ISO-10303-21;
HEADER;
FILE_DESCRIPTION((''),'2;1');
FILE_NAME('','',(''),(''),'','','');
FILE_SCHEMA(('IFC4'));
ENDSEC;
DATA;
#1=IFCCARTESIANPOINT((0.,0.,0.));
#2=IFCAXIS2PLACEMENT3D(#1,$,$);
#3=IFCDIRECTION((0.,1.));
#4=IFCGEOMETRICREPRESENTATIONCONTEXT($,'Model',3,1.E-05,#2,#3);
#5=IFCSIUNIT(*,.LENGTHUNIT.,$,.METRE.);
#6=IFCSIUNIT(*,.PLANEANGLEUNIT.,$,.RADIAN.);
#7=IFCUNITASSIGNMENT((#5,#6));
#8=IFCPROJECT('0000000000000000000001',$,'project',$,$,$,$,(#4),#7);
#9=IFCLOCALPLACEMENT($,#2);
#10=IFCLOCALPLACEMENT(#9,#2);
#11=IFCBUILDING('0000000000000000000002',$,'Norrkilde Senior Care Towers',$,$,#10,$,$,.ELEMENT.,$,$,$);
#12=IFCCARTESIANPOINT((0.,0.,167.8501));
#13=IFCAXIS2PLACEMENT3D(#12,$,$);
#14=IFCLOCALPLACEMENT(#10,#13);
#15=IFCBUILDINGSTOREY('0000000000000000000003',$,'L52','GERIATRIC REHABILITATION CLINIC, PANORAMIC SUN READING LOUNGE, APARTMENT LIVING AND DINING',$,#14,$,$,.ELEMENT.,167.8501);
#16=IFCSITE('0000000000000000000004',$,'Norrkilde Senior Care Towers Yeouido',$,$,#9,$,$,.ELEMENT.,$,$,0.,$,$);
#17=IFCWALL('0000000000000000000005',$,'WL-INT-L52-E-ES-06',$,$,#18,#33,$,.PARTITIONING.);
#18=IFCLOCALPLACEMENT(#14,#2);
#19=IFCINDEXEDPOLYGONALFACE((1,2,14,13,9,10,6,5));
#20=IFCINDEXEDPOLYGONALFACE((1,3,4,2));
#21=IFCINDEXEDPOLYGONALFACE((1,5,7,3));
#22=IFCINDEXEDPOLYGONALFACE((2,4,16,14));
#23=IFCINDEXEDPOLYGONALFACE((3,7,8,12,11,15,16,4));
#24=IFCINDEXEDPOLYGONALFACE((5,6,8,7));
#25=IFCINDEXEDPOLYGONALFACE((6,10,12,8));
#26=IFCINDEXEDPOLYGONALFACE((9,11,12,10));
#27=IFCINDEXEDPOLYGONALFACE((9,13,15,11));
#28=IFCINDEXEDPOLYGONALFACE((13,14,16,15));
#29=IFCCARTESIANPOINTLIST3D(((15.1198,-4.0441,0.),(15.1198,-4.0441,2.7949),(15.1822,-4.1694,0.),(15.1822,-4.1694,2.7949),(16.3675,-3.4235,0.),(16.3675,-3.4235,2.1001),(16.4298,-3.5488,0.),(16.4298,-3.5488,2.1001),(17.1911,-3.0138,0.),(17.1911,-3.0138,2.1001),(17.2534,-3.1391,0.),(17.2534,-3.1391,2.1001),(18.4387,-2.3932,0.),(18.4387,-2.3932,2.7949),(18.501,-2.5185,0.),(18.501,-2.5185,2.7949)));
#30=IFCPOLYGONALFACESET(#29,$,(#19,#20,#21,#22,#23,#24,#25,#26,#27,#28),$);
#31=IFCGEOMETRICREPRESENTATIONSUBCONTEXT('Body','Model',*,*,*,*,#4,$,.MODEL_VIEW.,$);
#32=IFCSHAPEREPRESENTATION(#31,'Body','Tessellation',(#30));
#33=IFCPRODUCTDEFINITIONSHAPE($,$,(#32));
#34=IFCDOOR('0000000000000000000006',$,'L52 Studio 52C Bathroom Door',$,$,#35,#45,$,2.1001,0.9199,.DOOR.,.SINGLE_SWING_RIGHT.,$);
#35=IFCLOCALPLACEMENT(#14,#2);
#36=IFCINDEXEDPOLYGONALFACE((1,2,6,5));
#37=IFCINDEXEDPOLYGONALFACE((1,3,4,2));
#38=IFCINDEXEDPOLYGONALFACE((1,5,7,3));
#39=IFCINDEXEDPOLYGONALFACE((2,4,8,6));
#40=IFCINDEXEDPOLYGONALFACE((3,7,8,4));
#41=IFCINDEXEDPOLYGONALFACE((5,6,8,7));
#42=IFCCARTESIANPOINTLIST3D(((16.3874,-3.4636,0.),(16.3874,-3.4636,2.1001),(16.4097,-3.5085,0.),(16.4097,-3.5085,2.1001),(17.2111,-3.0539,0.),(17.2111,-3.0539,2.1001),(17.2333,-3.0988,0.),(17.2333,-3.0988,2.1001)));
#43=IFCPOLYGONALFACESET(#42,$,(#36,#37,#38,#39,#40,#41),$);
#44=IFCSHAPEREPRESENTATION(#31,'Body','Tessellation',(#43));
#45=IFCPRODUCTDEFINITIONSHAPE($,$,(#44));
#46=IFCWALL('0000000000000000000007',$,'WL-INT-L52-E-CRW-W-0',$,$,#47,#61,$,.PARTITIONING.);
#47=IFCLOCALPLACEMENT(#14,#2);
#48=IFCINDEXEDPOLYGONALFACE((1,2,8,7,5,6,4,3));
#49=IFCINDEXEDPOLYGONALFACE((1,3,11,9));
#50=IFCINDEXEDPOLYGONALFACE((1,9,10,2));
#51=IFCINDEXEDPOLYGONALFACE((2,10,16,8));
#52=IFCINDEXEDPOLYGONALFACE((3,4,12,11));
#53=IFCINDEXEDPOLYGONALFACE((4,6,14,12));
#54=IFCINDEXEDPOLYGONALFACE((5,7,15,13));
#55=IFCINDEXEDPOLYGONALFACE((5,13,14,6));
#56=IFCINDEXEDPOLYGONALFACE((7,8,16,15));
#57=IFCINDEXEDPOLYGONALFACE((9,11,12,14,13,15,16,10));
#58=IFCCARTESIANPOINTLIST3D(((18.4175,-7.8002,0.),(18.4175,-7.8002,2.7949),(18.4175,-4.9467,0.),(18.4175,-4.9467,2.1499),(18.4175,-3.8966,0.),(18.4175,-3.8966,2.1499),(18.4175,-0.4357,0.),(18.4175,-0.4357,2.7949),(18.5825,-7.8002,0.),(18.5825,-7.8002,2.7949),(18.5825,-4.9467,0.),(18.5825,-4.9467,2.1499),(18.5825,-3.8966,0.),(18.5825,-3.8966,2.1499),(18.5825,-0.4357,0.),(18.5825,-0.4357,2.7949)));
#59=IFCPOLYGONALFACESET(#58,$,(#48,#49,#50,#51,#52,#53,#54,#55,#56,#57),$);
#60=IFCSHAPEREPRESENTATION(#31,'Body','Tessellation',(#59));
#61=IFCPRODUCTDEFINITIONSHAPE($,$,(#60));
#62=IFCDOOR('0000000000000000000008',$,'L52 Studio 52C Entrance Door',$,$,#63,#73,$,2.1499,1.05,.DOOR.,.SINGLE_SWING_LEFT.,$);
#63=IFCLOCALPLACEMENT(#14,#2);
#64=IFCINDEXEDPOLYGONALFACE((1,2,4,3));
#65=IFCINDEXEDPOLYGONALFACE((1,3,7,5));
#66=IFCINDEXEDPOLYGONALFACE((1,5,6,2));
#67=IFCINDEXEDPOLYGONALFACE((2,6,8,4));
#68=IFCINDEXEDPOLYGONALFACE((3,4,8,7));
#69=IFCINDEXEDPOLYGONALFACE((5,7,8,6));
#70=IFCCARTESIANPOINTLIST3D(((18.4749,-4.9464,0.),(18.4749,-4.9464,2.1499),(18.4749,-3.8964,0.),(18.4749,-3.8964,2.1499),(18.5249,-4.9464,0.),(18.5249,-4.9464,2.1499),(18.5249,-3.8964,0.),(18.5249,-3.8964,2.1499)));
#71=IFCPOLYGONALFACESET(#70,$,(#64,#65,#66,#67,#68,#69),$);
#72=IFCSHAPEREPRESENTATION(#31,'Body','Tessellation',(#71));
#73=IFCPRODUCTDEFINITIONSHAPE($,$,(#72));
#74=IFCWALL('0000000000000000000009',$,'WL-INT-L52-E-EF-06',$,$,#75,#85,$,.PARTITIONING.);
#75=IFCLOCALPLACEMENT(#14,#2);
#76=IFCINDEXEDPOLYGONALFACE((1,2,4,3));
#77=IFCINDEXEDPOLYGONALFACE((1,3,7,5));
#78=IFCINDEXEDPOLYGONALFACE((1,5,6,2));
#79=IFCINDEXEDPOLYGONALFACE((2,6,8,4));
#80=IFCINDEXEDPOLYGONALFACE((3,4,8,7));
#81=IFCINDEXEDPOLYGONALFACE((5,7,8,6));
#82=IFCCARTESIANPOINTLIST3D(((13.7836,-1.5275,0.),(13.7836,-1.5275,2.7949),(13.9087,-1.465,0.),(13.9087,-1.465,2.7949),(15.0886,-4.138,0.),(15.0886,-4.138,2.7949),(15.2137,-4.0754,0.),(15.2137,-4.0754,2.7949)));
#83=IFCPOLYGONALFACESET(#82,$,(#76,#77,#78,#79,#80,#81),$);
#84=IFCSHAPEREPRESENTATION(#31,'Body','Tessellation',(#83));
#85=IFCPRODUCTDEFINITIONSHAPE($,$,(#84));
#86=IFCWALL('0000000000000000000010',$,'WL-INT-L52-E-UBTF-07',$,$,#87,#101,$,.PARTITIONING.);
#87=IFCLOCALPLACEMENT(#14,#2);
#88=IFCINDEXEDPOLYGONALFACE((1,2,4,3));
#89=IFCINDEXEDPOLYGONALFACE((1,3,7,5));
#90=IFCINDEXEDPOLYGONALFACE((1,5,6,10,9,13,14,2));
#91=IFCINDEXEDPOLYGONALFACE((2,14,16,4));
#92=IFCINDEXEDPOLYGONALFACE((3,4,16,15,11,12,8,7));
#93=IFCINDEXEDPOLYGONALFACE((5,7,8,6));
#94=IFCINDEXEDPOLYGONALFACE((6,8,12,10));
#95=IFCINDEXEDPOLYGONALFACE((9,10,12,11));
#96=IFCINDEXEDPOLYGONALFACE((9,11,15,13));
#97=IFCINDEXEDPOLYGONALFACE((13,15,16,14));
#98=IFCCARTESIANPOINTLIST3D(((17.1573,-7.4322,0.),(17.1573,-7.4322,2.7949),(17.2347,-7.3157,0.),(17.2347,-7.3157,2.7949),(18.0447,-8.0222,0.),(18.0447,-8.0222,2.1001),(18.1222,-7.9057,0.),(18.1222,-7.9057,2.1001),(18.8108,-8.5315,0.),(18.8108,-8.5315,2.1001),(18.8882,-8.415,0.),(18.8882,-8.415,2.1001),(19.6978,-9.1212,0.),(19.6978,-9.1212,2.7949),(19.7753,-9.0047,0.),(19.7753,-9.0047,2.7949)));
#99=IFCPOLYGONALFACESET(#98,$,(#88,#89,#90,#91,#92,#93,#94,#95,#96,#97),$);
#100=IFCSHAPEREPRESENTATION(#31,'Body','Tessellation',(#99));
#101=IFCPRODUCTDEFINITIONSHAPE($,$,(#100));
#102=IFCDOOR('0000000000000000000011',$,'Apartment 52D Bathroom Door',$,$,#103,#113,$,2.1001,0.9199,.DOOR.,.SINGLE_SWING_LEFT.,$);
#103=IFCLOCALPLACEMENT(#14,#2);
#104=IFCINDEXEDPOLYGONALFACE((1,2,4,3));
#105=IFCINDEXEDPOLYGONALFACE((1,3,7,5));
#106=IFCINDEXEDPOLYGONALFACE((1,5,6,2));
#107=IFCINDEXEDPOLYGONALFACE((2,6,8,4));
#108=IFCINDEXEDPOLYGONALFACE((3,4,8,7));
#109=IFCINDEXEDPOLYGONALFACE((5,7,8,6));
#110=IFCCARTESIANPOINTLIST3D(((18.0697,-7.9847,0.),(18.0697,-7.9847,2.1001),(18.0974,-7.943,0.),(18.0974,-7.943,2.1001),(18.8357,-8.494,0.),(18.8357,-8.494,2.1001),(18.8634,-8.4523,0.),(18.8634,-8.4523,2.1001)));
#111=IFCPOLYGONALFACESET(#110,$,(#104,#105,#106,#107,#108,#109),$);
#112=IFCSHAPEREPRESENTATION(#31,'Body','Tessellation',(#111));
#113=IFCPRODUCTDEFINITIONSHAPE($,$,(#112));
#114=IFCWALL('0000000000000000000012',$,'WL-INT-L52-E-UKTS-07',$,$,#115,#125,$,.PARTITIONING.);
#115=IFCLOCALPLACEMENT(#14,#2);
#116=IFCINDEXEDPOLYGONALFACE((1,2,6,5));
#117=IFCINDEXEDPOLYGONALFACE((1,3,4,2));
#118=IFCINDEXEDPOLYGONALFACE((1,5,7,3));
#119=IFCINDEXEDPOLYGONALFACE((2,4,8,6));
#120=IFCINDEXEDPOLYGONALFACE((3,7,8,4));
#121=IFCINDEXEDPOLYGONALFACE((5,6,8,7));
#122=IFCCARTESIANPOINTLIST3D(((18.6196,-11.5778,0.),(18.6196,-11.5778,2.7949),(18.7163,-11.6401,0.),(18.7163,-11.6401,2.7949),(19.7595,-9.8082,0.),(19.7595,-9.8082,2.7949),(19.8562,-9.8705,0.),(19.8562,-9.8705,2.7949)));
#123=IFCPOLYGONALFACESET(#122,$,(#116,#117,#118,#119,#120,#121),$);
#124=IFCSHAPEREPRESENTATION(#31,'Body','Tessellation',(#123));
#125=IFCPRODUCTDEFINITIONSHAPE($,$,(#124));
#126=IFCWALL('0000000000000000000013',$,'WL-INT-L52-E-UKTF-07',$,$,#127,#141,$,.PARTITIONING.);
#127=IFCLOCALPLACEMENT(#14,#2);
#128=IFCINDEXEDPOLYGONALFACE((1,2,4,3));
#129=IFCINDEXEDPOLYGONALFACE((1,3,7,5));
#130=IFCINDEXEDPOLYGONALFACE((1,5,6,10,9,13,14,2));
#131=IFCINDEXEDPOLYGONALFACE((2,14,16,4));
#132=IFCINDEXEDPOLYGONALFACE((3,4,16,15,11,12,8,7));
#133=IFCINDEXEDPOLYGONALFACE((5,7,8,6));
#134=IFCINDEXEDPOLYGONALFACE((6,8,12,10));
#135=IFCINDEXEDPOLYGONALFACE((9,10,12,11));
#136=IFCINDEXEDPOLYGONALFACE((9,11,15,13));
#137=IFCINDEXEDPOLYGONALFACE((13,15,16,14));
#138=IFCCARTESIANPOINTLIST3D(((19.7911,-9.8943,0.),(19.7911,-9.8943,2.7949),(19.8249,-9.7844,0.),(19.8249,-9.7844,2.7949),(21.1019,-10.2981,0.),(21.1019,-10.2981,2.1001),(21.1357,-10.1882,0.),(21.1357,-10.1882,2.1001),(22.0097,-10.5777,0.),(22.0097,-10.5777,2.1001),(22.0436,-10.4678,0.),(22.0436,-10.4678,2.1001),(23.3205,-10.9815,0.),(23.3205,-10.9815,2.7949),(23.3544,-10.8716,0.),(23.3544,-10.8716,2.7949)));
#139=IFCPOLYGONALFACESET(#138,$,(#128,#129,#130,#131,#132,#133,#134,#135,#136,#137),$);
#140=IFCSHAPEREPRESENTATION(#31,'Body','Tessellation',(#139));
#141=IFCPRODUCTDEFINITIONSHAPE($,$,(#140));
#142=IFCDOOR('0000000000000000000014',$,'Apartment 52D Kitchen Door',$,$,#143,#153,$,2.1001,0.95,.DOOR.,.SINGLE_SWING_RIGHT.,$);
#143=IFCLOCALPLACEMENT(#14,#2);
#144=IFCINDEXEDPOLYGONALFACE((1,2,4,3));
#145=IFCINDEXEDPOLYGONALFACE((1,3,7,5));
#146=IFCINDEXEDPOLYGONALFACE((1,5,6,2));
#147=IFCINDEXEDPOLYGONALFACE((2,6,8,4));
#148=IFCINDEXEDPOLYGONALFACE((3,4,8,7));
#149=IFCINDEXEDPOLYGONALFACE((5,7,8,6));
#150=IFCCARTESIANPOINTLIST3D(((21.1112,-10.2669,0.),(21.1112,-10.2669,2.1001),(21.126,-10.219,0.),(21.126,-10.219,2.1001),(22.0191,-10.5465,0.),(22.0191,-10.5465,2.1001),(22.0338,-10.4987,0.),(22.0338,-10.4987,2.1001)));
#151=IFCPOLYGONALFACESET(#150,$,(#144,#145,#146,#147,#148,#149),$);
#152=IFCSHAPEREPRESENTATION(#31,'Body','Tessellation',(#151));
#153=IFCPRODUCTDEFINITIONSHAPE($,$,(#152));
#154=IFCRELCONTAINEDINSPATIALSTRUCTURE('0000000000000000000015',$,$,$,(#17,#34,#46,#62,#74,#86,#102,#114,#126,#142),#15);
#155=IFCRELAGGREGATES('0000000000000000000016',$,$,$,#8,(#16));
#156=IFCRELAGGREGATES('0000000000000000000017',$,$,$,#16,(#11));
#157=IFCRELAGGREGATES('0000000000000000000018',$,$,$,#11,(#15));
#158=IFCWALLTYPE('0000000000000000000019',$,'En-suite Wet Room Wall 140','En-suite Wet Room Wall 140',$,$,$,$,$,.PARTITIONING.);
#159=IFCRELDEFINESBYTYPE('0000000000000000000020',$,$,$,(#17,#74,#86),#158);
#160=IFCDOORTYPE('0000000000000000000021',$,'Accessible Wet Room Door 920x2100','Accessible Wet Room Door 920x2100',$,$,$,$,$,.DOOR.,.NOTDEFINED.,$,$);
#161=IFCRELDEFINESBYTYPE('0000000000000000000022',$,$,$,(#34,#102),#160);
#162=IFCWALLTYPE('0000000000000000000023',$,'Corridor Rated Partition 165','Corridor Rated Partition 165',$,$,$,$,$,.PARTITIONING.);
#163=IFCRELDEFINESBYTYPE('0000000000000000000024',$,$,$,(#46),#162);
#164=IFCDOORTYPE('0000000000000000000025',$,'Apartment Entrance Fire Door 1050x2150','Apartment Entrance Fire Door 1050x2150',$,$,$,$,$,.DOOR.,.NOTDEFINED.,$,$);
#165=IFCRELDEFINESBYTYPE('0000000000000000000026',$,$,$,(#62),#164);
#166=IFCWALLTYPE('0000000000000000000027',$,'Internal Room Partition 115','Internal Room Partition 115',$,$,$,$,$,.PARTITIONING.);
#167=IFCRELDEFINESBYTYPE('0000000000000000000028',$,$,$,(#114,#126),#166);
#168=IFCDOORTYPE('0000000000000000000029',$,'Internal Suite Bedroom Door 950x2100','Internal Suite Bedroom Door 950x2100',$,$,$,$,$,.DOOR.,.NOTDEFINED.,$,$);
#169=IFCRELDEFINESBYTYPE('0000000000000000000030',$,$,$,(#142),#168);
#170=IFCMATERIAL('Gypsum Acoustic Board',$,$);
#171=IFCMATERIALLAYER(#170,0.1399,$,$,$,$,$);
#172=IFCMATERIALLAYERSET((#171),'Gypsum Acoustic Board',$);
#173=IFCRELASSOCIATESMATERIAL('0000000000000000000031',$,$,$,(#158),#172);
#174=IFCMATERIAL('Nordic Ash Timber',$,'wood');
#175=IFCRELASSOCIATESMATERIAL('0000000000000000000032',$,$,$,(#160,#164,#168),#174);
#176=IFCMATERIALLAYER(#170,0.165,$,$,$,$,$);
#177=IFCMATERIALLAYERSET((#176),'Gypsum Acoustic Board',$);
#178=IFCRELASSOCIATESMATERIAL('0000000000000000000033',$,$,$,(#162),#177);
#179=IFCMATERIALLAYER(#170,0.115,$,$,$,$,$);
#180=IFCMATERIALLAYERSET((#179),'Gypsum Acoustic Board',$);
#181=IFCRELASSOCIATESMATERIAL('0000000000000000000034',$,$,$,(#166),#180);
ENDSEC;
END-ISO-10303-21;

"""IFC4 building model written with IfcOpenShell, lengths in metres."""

from ifc_helpers import new_model, si_unit, direction, frame, frame_2d, origin, place, context, subcontext, project, spatial, rectangle, extrude, source, transform, mapped, material, layer, layer_set, type_object, type_shapes, element, fill, save


model = new_model("IFC4")

# Units and contexts
model_context = context("Model", 3, precision=1e-05, world=origin(), true_north=direction((0.0, 1.0)))
body_context = subcontext(model_context, "Body", "Model", "MODEL_VIEW")
ifc_project = project(units=[si_unit("LENGTHUNIT", "METRE"), si_unit("PLANEANGLEUNIT", "RADIAN")], contexts=[model_context])

# Site, building, storey
site_placement = place(None, origin())
site = spatial("IfcSite", under=ifc_project, at=site_placement, Name="Norrkilde Senior Care Towers Yeouido", CompositionType="ELEMENT", RefElevation=0.0)
building_placement = place(site_placement, origin())
building = spatial("IfcBuilding", under=site, at=building_placement, Name="Norrkilde Senior Care Towers", CompositionType="ELEMENT")
storey_placement = place(building_placement, frame((0.0, 0.0, 167.8501)))
storey = spatial("IfcBuildingStorey", under=building, at=storey_placement, Name="L52", Description="GERIATRIC REHABILITATION CLINIC, PANORAMIC SUN READING LOUNGE, APARTMENT LIVING AND DINING", CompositionType="ELEMENT", Elevation=167.8501)

# Shared definitions
ifc_material_1 = material(Name="Gypsum Acoustic Board")

# Walls, openings, doors
ifc_layer_1 = layer(ifc_material_1, 0.1399)
ifc_layer_set_1 = layer_set([ifc_layer_1], Name="Gypsum Acoustic Board")
wall_type_1 = type_object("IfcWallType", Name="En-suite Wet Room Wall 140", Description="En-suite Wet Room Wall 140", PredefinedType="PARTITIONING", material=ifc_layer_set_1)
shared_shape_1 = source(origin(), body_context, "Body", "SweptSolid", [
    extrude(rectangle(XDim=3.7068, YDim=0.1399, at=frame_2d((1.8535, 0.0))), origin(), (0.0, 0.0, 1.0), 2.7949),
])
wall_1_placement = place(storey_placement, frame((18.47, -2.4558, 0.0), z_axis=(0.0, 0.0, 1.0), x_axis=(-0.895347, -0.445368, 0.0)))
wall_1 = element("IfcWall", 1, at=wall_1_placement, inside=storey, type_object=wall_type_1, Name="WL-INT-L52-E-ES-06", PredefinedType="PARTITIONING", context=body_context, shape_type="MappedRepresentation", body=[
    mapped(shared_shape_1, transform((0.0, 0.0, 0.0), x_axis=(1.0, 0.0, 0.0), y_axis=(0.0, 1.0, 0.0), z_axis=(0.0, 0.0, 1.0), scale=1.0)),
])
opening_1_placement = place(wall_1_placement, frame((1.3936, 0.0, 0.0)))
opening_1 = element("IfcOpeningElement", 2, at=opening_1_placement, cuts=wall_1, PredefinedType="OPENING", context=body_context, shape_type="SweptSolid", body=[
    extrude(rectangle(XDim=0.9199, YDim=2.1001, at=frame_2d((0.46, 1.05))), frame((0.0, 0.0798, 0.0), z_axis=(0.0, -1.0, 0.0), x_axis=(1.0, 0.0, 0.0)), (0.0, 0.0, 1.0), 0.1599),
])
ifc_material_2 = material(Name="Nordic Ash Timber", Category="wood")
door_type_1 = type_object("IfcDoorType", Name="Accessible Wet Room Door 920x2100", Description="Accessible Wet Room Door 920x2100", OperationType="NOTDEFINED", PredefinedType="DOOR", material=ifc_material_2)
shared_shape_2 = source(origin(), body_context, "Body", "SweptSolid", [
    extrude(rectangle(XDim=0.9199, YDim=2.1001, at=frame_2d((0.46, 1.05))), frame((0.0, 0.0249, 0.0), z_axis=(0.0, -1.0, 0.0), x_axis=(1.0, 0.0, 0.0)), (0.0, 0.0, 1.0), 0.05),
])
type_shapes(door_type_1, [shared_shape_2])
door_1_placement = place(opening_1_placement, origin())
door_1 = element("IfcDoor", 3, at=door_1_placement, inside=storey, type_object=door_type_1, Name="L52 Studio 52C Bathroom Door", OperationType="SINGLE_SWING_RIGHT", OverallHeight=2.1001, OverallWidth=0.9199, PredefinedType="DOOR", context=body_context, shape_type="MappedRepresentation", body=[
    mapped(shared_shape_2, transform((0.0, 0.0, 0.0), x_axis=(1.0, 0.0, 0.0), y_axis=(0.0, 1.0, 0.0), z_axis=(0.0, 0.0, 1.0), scale=1.0)),
])
fill(opening_1, door_1)
ifc_layer_2 = layer(ifc_material_1, 0.165)
ifc_layer_set_2 = layer_set([ifc_layer_2], Name="Gypsum Acoustic Board")
wall_type_2 = type_object("IfcWallType", Name="Corridor Rated Partition 165", Description="Corridor Rated Partition 165", PredefinedType="PARTITIONING", material=ifc_layer_set_2)
shared_shape_3 = source(origin(), body_context, "Body", "SweptSolid", [
    extrude(rectangle(XDim=7.3645, YDim=0.165, at=frame_2d((3.6821, 0.0))), origin(), (0.0, 0.0, 1.0), 2.7949),
])
type_shapes(wall_type_2, [shared_shape_3])
wall_2_placement = place(storey_placement, frame((18.5, -7.8, 0.0), z_axis=(0.0, 0.0, 1.0), x_axis=(0.0, 1.0, 0.0)))
wall_2 = element("IfcWall", 4, at=wall_2_placement, inside=storey, type_object=wall_type_2, Name="WL-INT-L52-E-CRW-W-0", PredefinedType="PARTITIONING", context=body_context, shape_type="MappedRepresentation", body=[
    mapped(shared_shape_3, transform((0.0, 0.0, 0.0), x_axis=(1.0, 0.0, 0.0), y_axis=(0.0, 1.0, 0.0), z_axis=(0.0, 0.0, 1.0), scale=1.0)),
])
opening_2_placement = place(wall_2_placement, frame((2.8535, 0.0, 0.0)))
opening_2 = element("IfcOpeningElement", 5, at=opening_2_placement, cuts=wall_2, PredefinedType="OPENING", context=body_context, shape_type="SweptSolid", body=[
    extrude(rectangle(XDim=1.05, YDim=2.1499, at=frame_2d((0.5249, 1.075))), frame((0.0, 0.0925, 0.0), z_axis=(0.0, -1.0, 0.0), x_axis=(1.0, 0.0, 0.0)), (0.0, 0.0, 1.0), 0.1851),
])
door_type_2 = type_object("IfcDoorType", Name="Apartment Entrance Fire Door 1050x2150", Description="Apartment Entrance Fire Door 1050x2150", OperationType="NOTDEFINED", PredefinedType="DOOR", material=ifc_material_2)
shared_shape_4 = source(origin(), body_context, "Body", "SweptSolid", [
    extrude(rectangle(XDim=1.05, YDim=2.1499, at=frame_2d((0.5249, 1.075))), frame((0.0, 0.0249, 0.0), z_axis=(0.0, -1.0, 0.0), x_axis=(1.0, 0.0, 0.0)), (0.0, 0.0, 1.0), 0.05),
])
type_shapes(door_type_2, [shared_shape_4])
door_2_placement = place(opening_2_placement, frame((1.05, 0.0, 0.0), z_axis=(0.0, 0.0, 1.0), x_axis=(-1.0, 0.0, 0.0)))
door_2 = element("IfcDoor", 6, at=door_2_placement, inside=storey, type_object=door_type_2, Name="L52 Studio 52C Entrance Door", OperationType="SINGLE_SWING_LEFT", OverallHeight=2.1499, OverallWidth=1.05, PredefinedType="DOOR", context=body_context, shape_type="MappedRepresentation", body=[
    mapped(shared_shape_4, transform((0.0, 0.0, 0.0), x_axis=(1.0, 0.0, 0.0), y_axis=(0.0, 1.0, 0.0), z_axis=(0.0, 0.0, 1.0), scale=1.0)),
])
fill(opening_2, door_2)

# Wall
shared_shape_5 = source(origin(), body_context, "Body", "SweptSolid", [
    extrude(rectangle(XDim=2.9185, YDim=0.1399, at=frame_2d((1.4592, 0.0))), origin(), (0.0, 0.0, 1.0), 2.7949),
])
wall_3_placement = place(storey_placement, frame((15.1511, -4.1067, 0.0), z_axis=(0.0, 0.0, 1.0), x_axis=(-0.447147, 0.894461, 0.0)))
element("IfcWall", 7, at=wall_3_placement, inside=storey, type_object=wall_type_1, Name="WL-INT-L52-E-EF-06", PredefinedType="PARTITIONING", context=body_context, shape_type="MappedRepresentation", body=[
    mapped(shared_shape_5, transform((0.0, 0.0, 0.0), x_axis=(1.0, 0.0, 0.0), y_axis=(0.0, 1.0, 0.0), z_axis=(0.0, 0.0, 1.0), scale=1.0)),
])

# Wall, opening, door
shared_shape_6 = source(origin(), body_context, "Body", "SweptSolid", [
    extrude(rectangle(XDim=3.0508, YDim=0.1399, at=frame_2d((1.5254, 0.0))), origin(), (0.0, 0.0, 1.0), 2.7949),
])
type_shapes(wall_type_1, [shared_shape_1, shared_shape_5, shared_shape_6])
wall_4_placement = place(storey_placement, frame((19.7366, -9.063, 0.0), z_axis=(0.0, 0.0, 1.0), x_axis=(-0.832764, 0.553629, 0.0)))
wall_4 = element("IfcWall", 8, at=wall_4_placement, inside=storey, type_object=wall_type_1, Name="WL-INT-L52-E-UBTF-07", PredefinedType="PARTITIONING", context=body_context, shape_type="MappedRepresentation", body=[
    mapped(shared_shape_6, transform((0.0, 0.0, 0.0), x_axis=(1.0, 0.0, 0.0), y_axis=(0.0, 1.0, 0.0), z_axis=(0.0, 0.0, 1.0), scale=1.0)),
])
opening_3_placement = place(wall_4_placement, frame((1.0652, 0.0, 0.0)))
opening_3 = element("IfcOpeningElement", 9, at=opening_3_placement, cuts=wall_4, PredefinedType="OPENING", context=body_context, shape_type="SweptSolid", body=[
    extrude(rectangle(XDim=0.9199, YDim=2.1001, at=frame_2d((0.46, 1.05))), frame((0.0, 0.0798, 0.0), z_axis=(0.0, -1.0, 0.0), x_axis=(1.0, 0.0, 0.0)), (0.0, 0.0, 1.0), 0.1599),
])
door_3_placement = place(opening_3_placement, origin())
door_3 = element("IfcDoor", 10, at=door_3_placement, inside=storey, type_object=door_type_1, Name="Apartment 52D Bathroom Door", OperationType="SINGLE_SWING_LEFT", OverallHeight=2.1001, OverallWidth=0.9199, PredefinedType="DOOR", context=body_context, shape_type="MappedRepresentation", body=[
    mapped(shared_shape_2, transform((0.0, 0.0, 0.0), x_axis=(1.0, 0.0, 0.0), y_axis=(0.0, 1.0, 0.0), z_axis=(0.0, 0.0, 1.0), scale=1.0)),
])
fill(opening_3, door_3)

# Wall
ifc_layer_3 = layer(ifc_material_1, 0.115)
ifc_layer_set_3 = layer_set([ifc_layer_3], Name="Gypsum Acoustic Board")
wall_type_3 = type_object("IfcWallType", Name="Internal Room Partition 115", Description="Internal Room Partition 115", PredefinedType="PARTITIONING", material=ifc_layer_set_3)
shared_shape_7 = source(origin(), body_context, "Body", "SweptSolid", [
    extrude(rectangle(XDim=2.105, YDim=0.115, at=frame_2d((1.0525, 0.0))), origin(), (0.0, 0.0, 1.0), 2.7949),
])
wall_5_placement = place(storey_placement, frame((19.8079, -9.8394, 0.0), z_axis=(0.0, 0.0, 1.0), x_axis=(-0.541543, -0.840673, 0.0)))
element("IfcWall", 11, at=wall_5_placement, inside=storey, type_object=wall_type_3, Name="WL-INT-L52-E-UKTS-07", PredefinedType="PARTITIONING", context=body_context, shape_type="MappedRepresentation", body=[
    mapped(shared_shape_7, transform((0.0, 0.0, 0.0), x_axis=(1.0, 0.0, 0.0), y_axis=(0.0, 1.0, 0.0), z_axis=(0.0, 0.0, 1.0), scale=1.0)),
])

# Wall, opening, door
shared_shape_8 = source(origin(), body_context, "Body", "SweptSolid", [
    extrude(rectangle(XDim=3.6931, YDim=0.115, at=frame_2d((1.8467, 0.0))), origin(), (0.0, 0.0, 1.0), 2.7949),
])
type_shapes(wall_type_3, [shared_shape_7, shared_shape_8])
wall_6_placement = place(storey_placement, frame((19.8079, -9.8394, 0.0), z_axis=(0.0, 0.0, 1.0), x_axis=(0.955692, -0.294369, 0.0)))
wall_6 = element("IfcWall", 12, at=wall_6_placement, inside=storey, type_object=wall_type_3, Name="WL-INT-L52-E-UKTF-07", PredefinedType="PARTITIONING", context=body_context, shape_type="MappedRepresentation", body=[
    mapped(shared_shape_8, transform((0.0, 0.0, 0.0), x_axis=(1.0, 0.0, 0.0), y_axis=(0.0, 1.0, 0.0), z_axis=(0.0, 0.0, 1.0), scale=1.0)),
])
opening_4_placement = place(wall_6_placement, frame((1.3716, 0.0, 0.0)))
opening_4 = element("IfcOpeningElement", 13, at=opening_4_placement, cuts=wall_6, PredefinedType="OPENING", context=body_context, shape_type="SweptSolid", body=[
    extrude(rectangle(XDim=0.95, YDim=2.1001, at=frame_2d((0.4751, 1.05))), frame((0.0, 0.0674, 0.0), z_axis=(0.0, -1.0, 0.0), x_axis=(1.0, 0.0, 0.0)), (0.0, 0.0, 1.0), 0.135),
])
door_type_3 = type_object("IfcDoorType", Name="Internal Suite Bedroom Door 950x2100", Description="Internal Suite Bedroom Door 950x2100", OperationType="NOTDEFINED", PredefinedType="DOOR", material=ifc_material_2)
shared_shape_9 = source(origin(), body_context, "Body", "SweptSolid", [
    extrude(rectangle(XDim=0.95, YDim=2.1001, at=frame_2d((0.4751, 1.05))), frame((0.0, 0.0249, 0.0), z_axis=(0.0, -1.0, 0.0), x_axis=(1.0, 0.0, 0.0)), (0.0, 0.0, 1.0), 0.05),
])
type_shapes(door_type_3, [shared_shape_9])
door_4_placement = place(opening_4_placement, frame((0.95, 0.0, 0.0), z_axis=(0.0, 0.0, 1.0), x_axis=(-1.0, 0.0, 0.0)))
door_4 = element("IfcDoor", 14, at=door_4_placement, inside=storey, type_object=door_type_3, Name="Apartment 52D Kitchen Door", OperationType="SINGLE_SWING_RIGHT", OverallHeight=2.1001, OverallWidth=0.95, PredefinedType="DOOR", context=body_context, shape_type="MappedRepresentation", body=[
    mapped(shared_shape_9, transform((0.0, 0.0, 0.0), x_axis=(1.0, 0.0, 0.0), y_axis=(0.0, 1.0, 0.0), z_axis=(0.0, 0.0, 1.0), scale=1.0)),
])
fill(opening_4, door_4)

save(model, "model.ifc")
